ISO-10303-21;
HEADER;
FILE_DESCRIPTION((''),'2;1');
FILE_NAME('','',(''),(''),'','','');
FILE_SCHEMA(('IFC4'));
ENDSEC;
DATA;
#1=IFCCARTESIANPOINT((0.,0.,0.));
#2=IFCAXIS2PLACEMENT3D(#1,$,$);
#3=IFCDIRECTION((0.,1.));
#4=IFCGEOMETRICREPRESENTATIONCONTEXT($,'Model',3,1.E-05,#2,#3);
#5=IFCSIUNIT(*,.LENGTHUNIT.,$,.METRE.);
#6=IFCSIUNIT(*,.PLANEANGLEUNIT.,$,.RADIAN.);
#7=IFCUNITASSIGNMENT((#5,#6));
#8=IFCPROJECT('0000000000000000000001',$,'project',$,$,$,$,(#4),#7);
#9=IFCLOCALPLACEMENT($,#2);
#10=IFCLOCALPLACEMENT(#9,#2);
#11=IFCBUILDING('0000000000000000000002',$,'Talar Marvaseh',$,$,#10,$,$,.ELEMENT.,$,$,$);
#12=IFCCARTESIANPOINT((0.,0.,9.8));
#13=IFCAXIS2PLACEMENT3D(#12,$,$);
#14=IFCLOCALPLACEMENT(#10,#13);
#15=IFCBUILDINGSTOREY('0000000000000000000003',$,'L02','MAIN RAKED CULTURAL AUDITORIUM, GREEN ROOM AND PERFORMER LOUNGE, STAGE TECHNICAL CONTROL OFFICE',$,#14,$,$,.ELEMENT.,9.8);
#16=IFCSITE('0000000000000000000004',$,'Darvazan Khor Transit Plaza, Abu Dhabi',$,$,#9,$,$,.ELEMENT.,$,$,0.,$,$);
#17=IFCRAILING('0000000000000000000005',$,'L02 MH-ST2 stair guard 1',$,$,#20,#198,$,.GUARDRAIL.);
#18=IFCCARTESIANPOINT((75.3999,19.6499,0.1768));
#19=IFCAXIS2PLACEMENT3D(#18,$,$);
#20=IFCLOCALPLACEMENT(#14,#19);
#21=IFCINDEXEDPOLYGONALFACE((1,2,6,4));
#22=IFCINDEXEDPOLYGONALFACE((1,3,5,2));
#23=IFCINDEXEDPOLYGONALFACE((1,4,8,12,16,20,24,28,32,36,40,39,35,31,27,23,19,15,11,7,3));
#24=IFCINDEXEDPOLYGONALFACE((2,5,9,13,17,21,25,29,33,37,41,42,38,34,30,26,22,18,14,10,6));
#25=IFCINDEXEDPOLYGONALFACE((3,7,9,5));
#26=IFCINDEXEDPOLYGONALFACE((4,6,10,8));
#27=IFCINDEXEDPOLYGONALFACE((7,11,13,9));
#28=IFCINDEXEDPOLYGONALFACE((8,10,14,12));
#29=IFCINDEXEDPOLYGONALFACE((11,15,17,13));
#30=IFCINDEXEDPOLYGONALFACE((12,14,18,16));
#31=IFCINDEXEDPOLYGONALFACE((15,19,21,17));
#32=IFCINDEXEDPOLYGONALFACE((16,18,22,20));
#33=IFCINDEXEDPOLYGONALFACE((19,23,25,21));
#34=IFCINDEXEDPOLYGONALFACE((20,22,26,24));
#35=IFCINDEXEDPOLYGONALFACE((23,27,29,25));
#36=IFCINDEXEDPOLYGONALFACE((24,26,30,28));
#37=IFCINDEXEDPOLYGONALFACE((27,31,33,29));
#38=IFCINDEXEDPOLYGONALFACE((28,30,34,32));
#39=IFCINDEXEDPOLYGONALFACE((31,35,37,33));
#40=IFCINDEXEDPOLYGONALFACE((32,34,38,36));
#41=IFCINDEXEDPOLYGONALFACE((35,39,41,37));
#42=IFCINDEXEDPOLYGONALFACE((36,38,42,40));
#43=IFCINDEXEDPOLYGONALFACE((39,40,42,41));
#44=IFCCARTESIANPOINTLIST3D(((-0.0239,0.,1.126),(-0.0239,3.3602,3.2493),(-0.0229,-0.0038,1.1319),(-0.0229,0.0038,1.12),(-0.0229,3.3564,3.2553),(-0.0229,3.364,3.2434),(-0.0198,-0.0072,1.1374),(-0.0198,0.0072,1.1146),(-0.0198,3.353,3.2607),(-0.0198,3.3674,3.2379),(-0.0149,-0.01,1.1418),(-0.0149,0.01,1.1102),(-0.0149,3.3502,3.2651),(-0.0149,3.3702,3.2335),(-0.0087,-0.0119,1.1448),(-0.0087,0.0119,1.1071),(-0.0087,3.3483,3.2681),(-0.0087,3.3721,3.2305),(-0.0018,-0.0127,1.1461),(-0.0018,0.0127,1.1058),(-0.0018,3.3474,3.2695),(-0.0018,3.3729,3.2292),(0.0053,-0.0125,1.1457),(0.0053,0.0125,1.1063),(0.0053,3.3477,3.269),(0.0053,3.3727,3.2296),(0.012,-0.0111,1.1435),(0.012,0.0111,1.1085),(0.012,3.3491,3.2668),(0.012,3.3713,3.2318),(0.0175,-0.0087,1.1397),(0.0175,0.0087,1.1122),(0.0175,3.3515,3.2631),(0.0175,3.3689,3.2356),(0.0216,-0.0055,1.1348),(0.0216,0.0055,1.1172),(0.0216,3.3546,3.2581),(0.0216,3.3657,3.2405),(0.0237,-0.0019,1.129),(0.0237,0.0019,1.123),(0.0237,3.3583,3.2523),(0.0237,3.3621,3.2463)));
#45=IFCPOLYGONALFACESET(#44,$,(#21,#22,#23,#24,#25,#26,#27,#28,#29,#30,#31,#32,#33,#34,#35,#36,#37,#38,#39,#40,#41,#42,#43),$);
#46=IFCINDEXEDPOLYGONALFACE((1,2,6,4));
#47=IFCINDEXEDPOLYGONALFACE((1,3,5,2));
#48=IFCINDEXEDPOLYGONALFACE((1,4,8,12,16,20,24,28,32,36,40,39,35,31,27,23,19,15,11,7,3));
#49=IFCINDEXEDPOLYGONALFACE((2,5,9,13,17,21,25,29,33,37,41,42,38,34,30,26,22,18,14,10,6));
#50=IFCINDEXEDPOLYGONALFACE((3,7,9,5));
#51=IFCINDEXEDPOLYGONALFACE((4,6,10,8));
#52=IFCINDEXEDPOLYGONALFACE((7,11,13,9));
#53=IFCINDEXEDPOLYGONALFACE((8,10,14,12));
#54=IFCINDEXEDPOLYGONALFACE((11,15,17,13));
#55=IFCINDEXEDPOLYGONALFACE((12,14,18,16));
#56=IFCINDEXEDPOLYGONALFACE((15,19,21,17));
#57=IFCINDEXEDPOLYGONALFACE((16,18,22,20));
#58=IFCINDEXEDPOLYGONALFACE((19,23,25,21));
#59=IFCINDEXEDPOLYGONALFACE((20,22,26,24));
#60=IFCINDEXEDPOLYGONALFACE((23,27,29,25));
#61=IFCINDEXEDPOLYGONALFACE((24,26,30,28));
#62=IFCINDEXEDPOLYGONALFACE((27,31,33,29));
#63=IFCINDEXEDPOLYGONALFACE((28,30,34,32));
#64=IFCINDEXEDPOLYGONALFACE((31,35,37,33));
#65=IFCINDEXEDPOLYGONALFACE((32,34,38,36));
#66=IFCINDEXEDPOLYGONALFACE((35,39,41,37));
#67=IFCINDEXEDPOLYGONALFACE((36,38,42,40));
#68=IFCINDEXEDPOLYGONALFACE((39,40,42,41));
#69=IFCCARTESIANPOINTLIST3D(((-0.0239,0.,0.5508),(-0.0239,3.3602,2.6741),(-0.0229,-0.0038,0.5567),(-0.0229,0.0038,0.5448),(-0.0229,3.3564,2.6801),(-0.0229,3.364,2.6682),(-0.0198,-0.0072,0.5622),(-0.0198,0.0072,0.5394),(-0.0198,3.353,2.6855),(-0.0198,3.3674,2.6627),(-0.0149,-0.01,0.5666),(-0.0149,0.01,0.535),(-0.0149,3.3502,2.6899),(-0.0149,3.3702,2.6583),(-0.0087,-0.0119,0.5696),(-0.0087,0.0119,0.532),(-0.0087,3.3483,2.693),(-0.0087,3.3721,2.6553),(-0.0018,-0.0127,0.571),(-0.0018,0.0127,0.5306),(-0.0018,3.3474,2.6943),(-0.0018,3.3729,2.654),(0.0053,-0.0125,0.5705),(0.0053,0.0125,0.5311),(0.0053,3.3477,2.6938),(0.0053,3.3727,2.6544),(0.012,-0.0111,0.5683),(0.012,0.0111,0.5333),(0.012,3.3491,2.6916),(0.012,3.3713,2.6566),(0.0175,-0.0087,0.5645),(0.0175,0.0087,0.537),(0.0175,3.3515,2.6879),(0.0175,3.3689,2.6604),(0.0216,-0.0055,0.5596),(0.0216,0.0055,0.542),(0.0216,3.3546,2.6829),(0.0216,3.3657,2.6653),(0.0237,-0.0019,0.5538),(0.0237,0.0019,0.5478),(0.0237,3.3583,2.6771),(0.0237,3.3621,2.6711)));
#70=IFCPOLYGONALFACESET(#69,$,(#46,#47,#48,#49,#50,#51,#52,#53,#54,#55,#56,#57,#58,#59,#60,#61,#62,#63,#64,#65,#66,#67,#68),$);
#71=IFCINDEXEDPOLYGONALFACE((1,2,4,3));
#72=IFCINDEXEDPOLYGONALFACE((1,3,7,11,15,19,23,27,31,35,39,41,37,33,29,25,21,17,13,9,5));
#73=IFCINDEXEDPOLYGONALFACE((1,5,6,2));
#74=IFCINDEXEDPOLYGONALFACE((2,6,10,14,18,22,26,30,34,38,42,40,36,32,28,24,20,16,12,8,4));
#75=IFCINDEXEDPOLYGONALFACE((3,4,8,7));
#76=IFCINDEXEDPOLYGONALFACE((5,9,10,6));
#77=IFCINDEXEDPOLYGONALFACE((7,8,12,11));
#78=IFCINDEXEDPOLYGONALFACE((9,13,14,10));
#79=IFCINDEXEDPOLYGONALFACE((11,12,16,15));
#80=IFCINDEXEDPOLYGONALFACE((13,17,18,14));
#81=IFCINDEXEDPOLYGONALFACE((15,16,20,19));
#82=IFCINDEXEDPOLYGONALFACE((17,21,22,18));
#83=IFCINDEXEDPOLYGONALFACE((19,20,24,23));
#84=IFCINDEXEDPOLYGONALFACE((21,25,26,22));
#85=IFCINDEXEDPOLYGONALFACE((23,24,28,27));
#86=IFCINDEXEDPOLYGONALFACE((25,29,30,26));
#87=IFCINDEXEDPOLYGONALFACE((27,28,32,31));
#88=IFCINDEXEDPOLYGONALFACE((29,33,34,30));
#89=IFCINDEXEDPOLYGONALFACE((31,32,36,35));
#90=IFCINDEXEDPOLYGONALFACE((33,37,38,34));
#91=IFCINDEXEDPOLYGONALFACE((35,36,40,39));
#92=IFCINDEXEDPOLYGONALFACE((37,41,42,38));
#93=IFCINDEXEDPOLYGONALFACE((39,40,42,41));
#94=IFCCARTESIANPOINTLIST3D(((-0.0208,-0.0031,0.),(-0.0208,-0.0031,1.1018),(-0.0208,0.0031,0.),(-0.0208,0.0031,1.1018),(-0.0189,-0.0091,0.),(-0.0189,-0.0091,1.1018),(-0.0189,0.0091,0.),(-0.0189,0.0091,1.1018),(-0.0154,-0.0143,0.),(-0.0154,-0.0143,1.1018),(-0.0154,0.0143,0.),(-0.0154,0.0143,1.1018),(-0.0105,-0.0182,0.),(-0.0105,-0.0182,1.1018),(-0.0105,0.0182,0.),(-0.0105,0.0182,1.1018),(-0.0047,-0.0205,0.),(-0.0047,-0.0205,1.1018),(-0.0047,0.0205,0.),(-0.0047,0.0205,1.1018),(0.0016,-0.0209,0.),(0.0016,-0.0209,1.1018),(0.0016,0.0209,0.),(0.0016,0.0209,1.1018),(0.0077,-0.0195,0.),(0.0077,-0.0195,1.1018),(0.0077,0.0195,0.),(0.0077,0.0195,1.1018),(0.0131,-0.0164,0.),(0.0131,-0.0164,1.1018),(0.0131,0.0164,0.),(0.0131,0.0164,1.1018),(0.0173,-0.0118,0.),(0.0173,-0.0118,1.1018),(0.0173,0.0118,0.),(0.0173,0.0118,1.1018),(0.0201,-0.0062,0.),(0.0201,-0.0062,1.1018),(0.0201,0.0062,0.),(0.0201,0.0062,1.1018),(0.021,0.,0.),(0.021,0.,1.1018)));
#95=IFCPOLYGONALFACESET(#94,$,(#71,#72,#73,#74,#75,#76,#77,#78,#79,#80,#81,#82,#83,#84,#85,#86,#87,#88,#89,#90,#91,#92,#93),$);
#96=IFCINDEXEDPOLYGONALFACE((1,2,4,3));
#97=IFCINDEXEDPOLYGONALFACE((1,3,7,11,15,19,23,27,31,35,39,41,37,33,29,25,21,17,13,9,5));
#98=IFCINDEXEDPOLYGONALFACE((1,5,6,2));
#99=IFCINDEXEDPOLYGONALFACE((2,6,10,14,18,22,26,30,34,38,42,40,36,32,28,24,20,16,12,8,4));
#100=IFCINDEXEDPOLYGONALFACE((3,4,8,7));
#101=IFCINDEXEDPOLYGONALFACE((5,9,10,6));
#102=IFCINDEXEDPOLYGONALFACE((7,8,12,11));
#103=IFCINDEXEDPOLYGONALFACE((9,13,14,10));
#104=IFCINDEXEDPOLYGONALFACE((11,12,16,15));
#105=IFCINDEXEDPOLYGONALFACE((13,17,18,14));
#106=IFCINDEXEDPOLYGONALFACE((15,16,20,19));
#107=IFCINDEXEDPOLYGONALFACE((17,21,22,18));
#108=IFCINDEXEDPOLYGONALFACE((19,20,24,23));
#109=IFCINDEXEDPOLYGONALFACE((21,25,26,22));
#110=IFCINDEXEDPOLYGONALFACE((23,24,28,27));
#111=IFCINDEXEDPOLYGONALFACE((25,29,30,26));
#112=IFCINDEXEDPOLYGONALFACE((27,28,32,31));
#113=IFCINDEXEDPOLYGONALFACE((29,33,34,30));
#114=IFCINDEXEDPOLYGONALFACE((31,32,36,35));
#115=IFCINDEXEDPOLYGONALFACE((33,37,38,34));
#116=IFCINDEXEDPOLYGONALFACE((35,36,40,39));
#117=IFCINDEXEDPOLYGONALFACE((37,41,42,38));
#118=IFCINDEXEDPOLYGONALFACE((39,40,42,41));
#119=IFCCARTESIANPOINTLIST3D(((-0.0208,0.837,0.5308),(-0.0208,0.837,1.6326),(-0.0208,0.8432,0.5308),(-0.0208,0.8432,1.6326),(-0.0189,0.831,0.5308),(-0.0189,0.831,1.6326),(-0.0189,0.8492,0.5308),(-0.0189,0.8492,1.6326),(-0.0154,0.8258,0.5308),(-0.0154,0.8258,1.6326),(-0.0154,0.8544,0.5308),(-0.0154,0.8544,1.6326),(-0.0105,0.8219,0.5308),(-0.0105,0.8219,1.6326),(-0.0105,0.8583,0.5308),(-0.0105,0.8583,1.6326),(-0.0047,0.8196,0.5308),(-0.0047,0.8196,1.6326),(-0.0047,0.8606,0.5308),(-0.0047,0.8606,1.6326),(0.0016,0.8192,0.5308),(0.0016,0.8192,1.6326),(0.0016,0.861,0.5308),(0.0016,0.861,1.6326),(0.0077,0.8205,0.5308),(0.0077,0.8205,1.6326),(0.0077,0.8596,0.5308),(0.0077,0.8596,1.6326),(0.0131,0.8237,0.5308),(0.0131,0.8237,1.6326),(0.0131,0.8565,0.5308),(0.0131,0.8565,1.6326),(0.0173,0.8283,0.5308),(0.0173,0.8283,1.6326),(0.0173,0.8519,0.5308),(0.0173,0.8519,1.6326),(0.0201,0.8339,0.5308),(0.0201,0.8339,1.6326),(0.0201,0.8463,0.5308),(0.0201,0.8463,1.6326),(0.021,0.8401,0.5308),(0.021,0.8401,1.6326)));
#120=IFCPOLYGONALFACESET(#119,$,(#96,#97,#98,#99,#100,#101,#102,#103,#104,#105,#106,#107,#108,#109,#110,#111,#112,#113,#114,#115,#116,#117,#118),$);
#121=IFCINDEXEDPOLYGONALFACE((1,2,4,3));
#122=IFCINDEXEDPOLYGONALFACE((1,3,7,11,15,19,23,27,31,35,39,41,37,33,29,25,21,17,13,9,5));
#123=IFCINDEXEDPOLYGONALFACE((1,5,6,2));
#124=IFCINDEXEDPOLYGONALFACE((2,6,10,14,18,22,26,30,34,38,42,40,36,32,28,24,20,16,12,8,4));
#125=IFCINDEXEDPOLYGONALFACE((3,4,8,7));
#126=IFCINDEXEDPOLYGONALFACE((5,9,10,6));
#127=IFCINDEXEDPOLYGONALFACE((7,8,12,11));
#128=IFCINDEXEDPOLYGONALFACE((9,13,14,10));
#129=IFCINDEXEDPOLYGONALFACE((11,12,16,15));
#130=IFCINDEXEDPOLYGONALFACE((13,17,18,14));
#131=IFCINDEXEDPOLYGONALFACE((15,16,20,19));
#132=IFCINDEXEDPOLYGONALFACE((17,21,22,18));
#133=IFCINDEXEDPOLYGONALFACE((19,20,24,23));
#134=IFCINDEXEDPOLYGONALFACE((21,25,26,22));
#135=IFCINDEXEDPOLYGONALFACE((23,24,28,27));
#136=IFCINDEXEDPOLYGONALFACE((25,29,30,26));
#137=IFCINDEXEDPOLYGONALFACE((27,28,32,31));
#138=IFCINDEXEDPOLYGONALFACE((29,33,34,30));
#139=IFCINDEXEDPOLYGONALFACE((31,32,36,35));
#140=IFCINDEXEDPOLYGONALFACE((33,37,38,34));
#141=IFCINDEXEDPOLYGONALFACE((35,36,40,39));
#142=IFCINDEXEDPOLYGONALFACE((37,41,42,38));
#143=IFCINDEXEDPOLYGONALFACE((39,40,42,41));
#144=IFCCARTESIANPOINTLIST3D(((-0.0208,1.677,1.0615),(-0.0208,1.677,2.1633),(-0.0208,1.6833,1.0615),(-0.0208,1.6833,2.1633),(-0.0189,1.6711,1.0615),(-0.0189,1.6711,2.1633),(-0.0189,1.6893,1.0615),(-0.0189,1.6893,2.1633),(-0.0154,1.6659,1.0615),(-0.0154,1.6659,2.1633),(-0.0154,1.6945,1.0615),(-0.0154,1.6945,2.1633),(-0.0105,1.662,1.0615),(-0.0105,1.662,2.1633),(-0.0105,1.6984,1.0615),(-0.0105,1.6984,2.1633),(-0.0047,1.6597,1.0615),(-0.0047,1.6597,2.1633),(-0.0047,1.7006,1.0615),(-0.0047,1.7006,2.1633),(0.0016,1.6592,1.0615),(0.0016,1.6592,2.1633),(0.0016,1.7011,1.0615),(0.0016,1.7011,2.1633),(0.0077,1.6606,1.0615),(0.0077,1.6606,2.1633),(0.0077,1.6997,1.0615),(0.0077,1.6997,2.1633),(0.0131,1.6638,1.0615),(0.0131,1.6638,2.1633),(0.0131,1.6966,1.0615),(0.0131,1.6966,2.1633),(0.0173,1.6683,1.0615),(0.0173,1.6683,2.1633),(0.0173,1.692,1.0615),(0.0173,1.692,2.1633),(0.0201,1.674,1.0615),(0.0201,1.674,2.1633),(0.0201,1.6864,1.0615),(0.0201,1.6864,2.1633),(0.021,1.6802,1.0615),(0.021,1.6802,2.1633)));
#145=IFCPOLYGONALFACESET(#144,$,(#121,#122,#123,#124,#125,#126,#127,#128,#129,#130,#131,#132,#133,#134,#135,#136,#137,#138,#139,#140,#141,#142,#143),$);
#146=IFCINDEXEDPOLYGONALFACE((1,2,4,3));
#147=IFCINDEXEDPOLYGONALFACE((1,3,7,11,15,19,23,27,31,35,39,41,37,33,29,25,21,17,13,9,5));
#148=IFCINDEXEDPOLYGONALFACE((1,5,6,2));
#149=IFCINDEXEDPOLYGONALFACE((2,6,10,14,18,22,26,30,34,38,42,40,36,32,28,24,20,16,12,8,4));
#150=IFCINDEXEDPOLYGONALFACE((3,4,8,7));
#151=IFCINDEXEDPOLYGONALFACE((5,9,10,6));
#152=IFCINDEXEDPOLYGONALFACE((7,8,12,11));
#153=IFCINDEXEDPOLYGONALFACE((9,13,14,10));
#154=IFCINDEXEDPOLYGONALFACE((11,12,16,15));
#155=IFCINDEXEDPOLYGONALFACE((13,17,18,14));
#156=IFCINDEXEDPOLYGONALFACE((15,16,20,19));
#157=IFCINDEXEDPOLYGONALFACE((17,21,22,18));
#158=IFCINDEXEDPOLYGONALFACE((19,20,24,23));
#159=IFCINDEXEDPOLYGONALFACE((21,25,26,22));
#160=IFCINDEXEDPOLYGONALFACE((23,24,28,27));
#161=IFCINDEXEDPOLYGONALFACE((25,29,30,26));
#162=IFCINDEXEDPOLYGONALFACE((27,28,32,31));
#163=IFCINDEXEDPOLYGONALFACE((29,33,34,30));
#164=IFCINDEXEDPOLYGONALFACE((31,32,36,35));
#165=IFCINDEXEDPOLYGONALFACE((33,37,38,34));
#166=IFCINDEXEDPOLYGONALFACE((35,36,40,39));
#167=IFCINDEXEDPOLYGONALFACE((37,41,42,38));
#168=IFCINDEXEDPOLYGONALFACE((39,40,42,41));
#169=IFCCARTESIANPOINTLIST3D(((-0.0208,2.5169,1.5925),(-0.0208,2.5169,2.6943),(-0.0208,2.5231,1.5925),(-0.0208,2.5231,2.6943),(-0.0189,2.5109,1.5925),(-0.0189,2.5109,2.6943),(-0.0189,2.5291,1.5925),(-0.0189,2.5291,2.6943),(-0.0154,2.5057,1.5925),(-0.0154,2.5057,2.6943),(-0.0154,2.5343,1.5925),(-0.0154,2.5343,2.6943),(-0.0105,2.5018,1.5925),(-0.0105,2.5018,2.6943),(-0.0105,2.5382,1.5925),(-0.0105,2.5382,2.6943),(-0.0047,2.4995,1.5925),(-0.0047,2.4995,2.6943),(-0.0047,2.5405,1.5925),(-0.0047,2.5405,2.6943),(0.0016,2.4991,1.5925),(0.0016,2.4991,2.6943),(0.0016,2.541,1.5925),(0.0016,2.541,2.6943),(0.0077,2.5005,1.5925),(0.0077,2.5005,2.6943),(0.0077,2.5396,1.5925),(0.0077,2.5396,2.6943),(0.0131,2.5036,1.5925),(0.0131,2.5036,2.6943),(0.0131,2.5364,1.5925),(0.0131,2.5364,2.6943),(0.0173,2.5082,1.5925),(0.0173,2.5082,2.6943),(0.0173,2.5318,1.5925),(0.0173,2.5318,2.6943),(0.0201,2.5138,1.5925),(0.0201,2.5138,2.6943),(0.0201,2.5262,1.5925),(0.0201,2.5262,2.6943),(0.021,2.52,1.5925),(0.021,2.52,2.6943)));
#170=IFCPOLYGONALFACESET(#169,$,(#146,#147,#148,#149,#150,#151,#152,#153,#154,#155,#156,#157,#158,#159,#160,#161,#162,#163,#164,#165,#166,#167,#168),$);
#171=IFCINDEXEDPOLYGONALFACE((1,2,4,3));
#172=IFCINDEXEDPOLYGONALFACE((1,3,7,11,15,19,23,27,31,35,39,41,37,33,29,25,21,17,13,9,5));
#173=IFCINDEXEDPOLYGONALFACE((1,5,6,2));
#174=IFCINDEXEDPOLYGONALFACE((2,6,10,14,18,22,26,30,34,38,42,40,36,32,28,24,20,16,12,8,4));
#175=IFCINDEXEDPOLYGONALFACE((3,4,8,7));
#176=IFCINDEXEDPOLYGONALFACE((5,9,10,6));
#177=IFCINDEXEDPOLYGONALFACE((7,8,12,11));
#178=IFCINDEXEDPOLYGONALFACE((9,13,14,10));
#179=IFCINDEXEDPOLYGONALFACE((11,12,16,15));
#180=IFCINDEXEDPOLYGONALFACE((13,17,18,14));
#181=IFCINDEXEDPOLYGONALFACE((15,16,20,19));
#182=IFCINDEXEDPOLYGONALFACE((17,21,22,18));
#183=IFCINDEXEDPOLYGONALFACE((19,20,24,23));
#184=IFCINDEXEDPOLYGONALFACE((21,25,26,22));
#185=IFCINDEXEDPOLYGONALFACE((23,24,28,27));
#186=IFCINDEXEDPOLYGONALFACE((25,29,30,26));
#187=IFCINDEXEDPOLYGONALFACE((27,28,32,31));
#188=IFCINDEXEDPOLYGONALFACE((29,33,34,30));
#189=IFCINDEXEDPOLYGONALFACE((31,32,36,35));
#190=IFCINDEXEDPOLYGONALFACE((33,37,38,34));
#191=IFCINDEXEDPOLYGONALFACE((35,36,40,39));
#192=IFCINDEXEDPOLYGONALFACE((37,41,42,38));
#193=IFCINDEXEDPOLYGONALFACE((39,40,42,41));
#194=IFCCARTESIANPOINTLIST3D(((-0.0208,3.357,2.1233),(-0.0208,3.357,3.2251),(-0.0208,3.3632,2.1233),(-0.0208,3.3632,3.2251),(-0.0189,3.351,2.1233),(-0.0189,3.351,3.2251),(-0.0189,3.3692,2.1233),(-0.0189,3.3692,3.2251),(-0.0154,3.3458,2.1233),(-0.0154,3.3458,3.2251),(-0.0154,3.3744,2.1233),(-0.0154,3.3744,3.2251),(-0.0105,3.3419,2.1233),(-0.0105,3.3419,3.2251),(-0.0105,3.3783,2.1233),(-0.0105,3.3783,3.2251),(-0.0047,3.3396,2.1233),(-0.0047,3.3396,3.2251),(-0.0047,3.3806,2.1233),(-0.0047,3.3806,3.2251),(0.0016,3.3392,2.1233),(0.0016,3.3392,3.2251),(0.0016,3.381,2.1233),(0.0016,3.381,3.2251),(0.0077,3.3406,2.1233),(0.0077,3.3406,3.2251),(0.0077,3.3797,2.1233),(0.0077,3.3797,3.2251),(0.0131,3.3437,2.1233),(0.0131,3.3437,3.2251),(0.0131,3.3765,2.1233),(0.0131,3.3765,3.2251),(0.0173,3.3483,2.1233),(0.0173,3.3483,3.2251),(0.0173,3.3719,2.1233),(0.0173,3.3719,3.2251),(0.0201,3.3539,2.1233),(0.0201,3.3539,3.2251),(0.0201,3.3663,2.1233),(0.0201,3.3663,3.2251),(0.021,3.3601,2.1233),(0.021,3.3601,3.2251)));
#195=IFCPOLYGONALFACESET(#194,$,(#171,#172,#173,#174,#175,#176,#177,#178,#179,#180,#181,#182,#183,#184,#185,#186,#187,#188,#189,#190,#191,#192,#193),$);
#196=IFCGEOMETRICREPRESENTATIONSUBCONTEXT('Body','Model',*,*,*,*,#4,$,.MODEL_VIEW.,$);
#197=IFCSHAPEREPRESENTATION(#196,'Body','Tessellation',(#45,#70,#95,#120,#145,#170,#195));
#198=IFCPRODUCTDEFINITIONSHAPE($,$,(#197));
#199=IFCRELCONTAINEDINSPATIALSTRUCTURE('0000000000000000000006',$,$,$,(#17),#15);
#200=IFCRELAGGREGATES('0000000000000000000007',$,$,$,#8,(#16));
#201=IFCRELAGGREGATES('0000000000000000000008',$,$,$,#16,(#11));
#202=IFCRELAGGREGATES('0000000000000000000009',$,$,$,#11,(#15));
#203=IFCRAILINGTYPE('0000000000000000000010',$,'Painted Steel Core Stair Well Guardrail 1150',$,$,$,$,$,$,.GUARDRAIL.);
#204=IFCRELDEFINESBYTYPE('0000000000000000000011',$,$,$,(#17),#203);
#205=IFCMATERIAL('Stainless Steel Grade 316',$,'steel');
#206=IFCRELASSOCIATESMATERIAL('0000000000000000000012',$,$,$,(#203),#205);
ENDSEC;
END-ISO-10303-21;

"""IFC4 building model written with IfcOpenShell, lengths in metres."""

from ifc_helpers import new_model, si_unit, direction, frame, origin, origin_2d, place, context, subcontext, project, spatial, circle, extrude, material, type_object, element, save


model = new_model("IFC4")

# Units and contexts
model_context = context("Model", 3, precision=1e-05, world=origin(), true_north=direction((0.0, 1.0)))
body_context = subcontext(model_context, "Body", "Model", "MODEL_VIEW")
ifc_project = project(units=[si_unit("LENGTHUNIT", "METRE"), si_unit("PLANEANGLEUNIT", "RADIAN")], contexts=[model_context])

# Site, building, storey
site_placement = place(None, origin())
site = spatial("IfcSite", under=ifc_project, at=site_placement, Name="Darvazan Khor Transit Plaza, Abu Dhabi", CompositionType="ELEMENT", RefElevation=0.0)
building_placement = place(site_placement, origin())
building = spatial("IfcBuilding", under=site, at=building_placement, Name="Talar Marvaseh", CompositionType="ELEMENT")
storey_placement = place(building_placement, frame((0.0, 0.0, 9.8)))
storey = spatial("IfcBuildingStorey", under=building, at=storey_placement, Name="L02", Description="MAIN RAKED CULTURAL AUDITORIUM, GREEN ROOM AND PERFORMER LOUNGE, STAGE TECHNICAL CONTROL OFFICE", CompositionType="ELEMENT", Elevation=9.8)

# Railing
ifc_material_1 = material(Name="Stainless Steel Grade 316", Category="steel")
railing_type_1 = type_object("IfcRailingType", Name="Painted Steel Core Stair Well Guardrail 1150", PredefinedType="GUARDRAIL", material=ifc_material_1)
railing_1_placement = place(storey_placement, frame((75.3999, 19.6499, 0.1768)))
element("IfcRailing", 1, at=railing_1_placement, inside=storey, type_object=railing_type_1, Name="L02 MH-ST2 stair guard 1", PredefinedType="GUARDRAIL", context=body_context, shape_type="SweptSolid", body=[
    extrude(circle(Radius=0.0239, at=origin_2d()), frame((0.0, 0.0, 1.126), z_axis=(0.0, 0.845362, 0.534194), x_axis=(-1.0, 0.0, 0.0)), (0.0, 0.0, 1.0), 3.9749),
    extrude(circle(Radius=0.0239, at=origin_2d()), frame((0.0, 0.0, 0.5508), z_axis=(0.0, 0.845362, 0.534194), x_axis=(-1.0, 0.0, 0.0)), (0.0, 0.0, 1.0), 3.9749),
    extrude(circle(Radius=0.021, at=origin_2d()), origin(), (0.0, 0.0, 1.0), 1.1018),
    extrude(circle(Radius=0.021, at=origin_2d()), frame((0.0, 0.8401, 0.5308)), (0.0, 0.0, 1.0), 1.1018),
    extrude(circle(Radius=0.021, at=origin_2d()), frame((0.0, 1.6802, 1.0615)), (0.0, 0.0, 1.0), 1.1018),
    extrude(circle(Radius=0.021, at=origin_2d()), frame((0.0, 2.52, 1.5925)), (0.0, 0.0, 1.0), 1.1018),
    extrude(circle(Radius=0.021, at=origin_2d()), frame((0.0, 3.3601, 2.1233)), (0.0, 0.0, 1.0), 1.1018),
])

save(model, "model.ifc")
